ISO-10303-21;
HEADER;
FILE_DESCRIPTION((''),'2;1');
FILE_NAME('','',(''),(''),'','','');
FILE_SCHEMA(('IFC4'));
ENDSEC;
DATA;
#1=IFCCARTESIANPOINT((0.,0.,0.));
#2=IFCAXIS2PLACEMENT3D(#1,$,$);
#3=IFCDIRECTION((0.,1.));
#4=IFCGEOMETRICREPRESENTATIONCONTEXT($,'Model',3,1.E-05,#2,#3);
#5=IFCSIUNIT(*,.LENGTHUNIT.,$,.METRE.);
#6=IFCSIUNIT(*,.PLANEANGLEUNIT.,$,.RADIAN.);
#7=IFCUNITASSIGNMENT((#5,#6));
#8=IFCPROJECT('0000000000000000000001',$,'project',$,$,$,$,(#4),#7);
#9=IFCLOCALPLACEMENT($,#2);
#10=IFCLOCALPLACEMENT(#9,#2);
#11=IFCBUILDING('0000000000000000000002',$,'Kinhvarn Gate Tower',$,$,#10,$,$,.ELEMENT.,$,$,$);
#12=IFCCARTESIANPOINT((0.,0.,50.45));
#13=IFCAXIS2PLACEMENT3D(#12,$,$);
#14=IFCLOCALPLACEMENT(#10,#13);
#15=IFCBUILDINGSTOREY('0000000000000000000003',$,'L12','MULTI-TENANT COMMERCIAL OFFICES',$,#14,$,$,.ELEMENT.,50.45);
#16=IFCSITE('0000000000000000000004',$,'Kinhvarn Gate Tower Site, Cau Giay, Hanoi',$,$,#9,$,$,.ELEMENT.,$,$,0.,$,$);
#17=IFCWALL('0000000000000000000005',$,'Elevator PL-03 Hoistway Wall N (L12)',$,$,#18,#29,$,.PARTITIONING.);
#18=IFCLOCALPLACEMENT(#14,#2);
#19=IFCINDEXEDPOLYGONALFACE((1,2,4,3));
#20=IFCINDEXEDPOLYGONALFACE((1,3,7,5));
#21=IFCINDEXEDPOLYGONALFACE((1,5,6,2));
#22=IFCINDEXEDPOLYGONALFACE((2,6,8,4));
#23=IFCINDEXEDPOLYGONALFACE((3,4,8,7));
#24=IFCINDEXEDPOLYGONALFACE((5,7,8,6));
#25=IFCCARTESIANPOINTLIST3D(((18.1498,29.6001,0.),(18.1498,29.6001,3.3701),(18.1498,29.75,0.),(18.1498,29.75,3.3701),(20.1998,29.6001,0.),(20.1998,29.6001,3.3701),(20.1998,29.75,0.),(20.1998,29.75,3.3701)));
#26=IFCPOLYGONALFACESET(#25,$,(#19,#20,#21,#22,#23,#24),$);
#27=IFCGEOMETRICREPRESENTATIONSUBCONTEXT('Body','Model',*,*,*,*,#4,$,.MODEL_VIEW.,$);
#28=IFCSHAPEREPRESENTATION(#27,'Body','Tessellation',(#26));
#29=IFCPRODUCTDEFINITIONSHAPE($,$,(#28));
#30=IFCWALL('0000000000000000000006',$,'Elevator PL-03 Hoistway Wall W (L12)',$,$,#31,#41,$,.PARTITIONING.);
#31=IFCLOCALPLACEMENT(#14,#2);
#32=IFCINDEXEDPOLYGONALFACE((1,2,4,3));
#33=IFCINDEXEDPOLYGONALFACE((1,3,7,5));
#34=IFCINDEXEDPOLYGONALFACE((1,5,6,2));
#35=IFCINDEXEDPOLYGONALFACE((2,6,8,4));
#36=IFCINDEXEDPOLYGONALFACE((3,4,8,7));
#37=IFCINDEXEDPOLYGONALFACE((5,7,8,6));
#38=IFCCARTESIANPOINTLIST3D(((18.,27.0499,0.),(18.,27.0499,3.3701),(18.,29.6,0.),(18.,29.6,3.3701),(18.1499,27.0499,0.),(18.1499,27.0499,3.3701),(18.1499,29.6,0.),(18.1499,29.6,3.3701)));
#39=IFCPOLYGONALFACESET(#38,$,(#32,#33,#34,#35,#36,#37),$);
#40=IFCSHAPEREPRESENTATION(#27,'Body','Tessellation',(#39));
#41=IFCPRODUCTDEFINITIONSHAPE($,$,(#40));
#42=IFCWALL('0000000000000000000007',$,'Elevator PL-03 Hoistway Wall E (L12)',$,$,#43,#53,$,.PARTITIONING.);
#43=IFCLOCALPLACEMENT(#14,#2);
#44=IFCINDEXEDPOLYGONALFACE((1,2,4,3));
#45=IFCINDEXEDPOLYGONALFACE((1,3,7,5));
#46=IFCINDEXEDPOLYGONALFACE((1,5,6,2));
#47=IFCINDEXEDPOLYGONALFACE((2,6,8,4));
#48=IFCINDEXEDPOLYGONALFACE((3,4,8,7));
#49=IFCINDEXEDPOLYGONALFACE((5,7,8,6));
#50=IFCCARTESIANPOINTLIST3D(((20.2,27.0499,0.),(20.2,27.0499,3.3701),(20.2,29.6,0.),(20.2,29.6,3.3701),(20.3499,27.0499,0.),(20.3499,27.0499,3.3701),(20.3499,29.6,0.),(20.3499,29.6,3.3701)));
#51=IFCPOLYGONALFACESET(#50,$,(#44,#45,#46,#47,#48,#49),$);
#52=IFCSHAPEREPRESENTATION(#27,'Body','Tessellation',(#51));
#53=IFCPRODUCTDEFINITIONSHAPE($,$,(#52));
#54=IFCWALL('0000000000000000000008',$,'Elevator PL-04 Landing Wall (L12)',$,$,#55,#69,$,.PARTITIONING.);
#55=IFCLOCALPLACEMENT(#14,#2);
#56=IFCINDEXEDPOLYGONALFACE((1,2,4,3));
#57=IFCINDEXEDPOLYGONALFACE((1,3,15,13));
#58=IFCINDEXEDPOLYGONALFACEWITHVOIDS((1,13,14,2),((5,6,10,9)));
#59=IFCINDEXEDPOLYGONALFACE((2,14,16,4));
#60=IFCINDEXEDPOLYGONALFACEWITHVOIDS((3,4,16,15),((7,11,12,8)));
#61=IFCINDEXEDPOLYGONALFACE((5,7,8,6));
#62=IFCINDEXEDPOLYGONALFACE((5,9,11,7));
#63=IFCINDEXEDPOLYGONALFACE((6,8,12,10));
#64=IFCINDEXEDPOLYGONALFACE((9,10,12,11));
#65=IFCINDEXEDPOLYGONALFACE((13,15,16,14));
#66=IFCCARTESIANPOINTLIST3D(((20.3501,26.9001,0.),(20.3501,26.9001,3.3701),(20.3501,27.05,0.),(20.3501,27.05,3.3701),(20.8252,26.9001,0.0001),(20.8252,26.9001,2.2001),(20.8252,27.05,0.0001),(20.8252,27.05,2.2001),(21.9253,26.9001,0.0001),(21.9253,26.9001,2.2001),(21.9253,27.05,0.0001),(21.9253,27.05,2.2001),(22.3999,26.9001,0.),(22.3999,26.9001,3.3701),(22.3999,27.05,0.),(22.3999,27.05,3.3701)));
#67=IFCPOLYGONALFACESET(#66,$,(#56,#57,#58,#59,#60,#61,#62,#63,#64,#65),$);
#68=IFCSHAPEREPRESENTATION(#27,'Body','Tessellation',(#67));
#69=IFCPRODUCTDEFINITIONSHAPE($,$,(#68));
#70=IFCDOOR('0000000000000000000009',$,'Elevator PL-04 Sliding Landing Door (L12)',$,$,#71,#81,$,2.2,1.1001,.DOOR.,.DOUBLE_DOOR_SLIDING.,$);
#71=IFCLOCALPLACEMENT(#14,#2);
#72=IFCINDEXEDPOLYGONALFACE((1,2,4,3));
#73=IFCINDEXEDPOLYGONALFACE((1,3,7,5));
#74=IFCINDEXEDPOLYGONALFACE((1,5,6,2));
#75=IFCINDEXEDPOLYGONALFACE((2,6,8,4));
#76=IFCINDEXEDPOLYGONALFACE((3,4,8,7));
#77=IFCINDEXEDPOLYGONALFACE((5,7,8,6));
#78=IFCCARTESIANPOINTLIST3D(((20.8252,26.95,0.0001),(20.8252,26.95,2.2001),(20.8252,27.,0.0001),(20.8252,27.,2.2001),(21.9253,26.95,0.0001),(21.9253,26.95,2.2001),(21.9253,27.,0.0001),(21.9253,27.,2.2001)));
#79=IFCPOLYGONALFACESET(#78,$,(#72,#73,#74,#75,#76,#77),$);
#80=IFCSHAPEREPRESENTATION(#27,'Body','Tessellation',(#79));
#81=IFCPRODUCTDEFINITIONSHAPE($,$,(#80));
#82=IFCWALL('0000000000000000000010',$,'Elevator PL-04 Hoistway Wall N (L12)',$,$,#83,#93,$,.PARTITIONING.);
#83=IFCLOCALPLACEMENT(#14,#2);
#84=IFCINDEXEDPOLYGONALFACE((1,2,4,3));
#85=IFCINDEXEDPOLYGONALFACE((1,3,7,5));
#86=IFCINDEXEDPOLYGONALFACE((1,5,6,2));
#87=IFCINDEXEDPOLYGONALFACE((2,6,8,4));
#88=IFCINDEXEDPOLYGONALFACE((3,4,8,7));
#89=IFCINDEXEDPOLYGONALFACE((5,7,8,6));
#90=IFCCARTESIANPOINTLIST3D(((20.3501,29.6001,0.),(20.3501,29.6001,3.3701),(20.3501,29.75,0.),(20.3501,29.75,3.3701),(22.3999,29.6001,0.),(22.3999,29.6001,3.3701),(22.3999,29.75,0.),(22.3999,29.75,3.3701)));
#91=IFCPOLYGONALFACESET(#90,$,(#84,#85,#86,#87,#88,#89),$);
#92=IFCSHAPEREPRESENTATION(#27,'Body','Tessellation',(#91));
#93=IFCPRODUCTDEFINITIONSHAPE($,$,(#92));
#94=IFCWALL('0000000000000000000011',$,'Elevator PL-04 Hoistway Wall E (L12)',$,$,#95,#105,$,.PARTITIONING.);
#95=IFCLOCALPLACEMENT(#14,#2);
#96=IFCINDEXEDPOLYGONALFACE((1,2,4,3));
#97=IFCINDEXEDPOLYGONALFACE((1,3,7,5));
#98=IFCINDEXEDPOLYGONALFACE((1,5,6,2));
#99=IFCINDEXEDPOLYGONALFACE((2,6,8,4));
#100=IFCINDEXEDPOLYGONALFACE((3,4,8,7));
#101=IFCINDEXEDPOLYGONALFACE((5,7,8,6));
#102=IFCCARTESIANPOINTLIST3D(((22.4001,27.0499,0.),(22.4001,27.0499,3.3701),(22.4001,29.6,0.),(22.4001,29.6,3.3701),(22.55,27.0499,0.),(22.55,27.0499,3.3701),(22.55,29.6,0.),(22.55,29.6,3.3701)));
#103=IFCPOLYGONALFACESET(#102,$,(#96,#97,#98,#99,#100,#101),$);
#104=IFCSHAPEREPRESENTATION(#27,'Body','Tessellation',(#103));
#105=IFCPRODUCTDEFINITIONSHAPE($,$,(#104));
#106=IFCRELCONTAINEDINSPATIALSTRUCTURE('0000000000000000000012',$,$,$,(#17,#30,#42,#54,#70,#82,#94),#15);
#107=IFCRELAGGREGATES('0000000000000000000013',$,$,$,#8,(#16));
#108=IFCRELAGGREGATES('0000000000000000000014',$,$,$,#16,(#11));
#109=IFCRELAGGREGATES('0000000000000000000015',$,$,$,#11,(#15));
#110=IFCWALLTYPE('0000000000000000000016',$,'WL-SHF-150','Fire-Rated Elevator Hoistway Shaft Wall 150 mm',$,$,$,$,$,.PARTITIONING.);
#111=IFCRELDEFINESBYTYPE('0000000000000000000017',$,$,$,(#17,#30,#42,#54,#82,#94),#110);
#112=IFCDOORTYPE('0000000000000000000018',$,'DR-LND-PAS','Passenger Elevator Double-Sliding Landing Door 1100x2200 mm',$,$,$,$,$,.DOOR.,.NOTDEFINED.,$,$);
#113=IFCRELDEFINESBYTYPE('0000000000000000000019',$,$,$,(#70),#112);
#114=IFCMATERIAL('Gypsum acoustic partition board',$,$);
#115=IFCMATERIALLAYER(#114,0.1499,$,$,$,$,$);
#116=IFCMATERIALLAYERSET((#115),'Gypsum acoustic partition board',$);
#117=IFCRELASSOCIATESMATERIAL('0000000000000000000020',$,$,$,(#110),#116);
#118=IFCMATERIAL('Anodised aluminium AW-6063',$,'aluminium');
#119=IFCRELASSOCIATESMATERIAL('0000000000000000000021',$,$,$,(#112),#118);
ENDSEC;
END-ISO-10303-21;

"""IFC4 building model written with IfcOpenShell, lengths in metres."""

from ifc_helpers import new_model, si_unit, direction, frame, frame_2d, origin, place, context, subcontext, project, spatial, rectangle, extrude, material, layer, layer_set, type_object, element, fill, save


model = new_model("IFC4")

# Units and contexts
model_context = context("Model", 3, precision=1e-05, world=origin(), true_north=direction((0.0, 1.0)))
body_context = subcontext(model_context, "Body", "Model", "MODEL_VIEW")
ifc_project = project(units=[si_unit("LENGTHUNIT", "METRE"), si_unit("PLANEANGLEUNIT", "RADIAN")], contexts=[model_context])

# Site, building, storey
site_placement = place(None, origin())
site = spatial("IfcSite", under=ifc_project, at=site_placement, Name="Kinhvarn Gate Tower Site, Cau Giay, Hanoi", CompositionType="ELEMENT", RefElevation=0.0)
building_placement = place(site_placement, origin())
building = spatial("IfcBuilding", under=site, at=building_placement, Name="Kinhvarn Gate Tower", CompositionType="ELEMENT")
storey_placement = place(building_placement, frame((0.0, 0.0, 50.45)))
storey = spatial("IfcBuildingStorey", under=building, at=storey_placement, Name="L12", Description="MULTI-TENANT COMMERCIAL OFFICES", CompositionType="ELEMENT", Elevation=50.45)

# Shared definitions
ifc_material_1 = material(Name="Gypsum acoustic partition board")
ifc_material_2 = material(Name="Anodised aluminium AW-6063", Category="aluminium")

# Shared definitions
ifc_layer_1 = layer(ifc_material_1, 0.1499)
ifc_layer_set_1 = layer_set([ifc_layer_1], Name="Gypsum acoustic partition board")
wall_type_1 = type_object("IfcWallType", Name="WL-SHF-150", Description="Fire-Rated Elevator Hoistway Shaft Wall 150 mm", PredefinedType="PARTITIONING", material=ifc_layer_set_1)
door_type_1 = type_object("IfcDoorType", Name="DR-LND-PAS", Description="Passenger Elevator Double-Sliding Landing Door 1100x2200 mm", OperationType="NOTDEFINED", PredefinedType="DOOR", material=ifc_material_2)

# Walls
wall_1_placement = place(storey_placement, frame((18.1499, 29.675, 0.0), z_axis=(0.0, 0.0, 1.0), x_axis=(1.0, 0.0, 0.0)))
element("IfcWall", 1, at=wall_1_placement, inside=storey, type_object=wall_type_1, Name="Elevator PL-03 Hoistway Wall N (L12)", PredefinedType="PARTITIONING", context=body_context, shape_type="SweptSolid", body=[
    extrude(rectangle(XDim=2.05, YDim=0.1499, at=frame_2d((1.0249, 0.0))), origin(), (0.0, 0.0, 1.0), 3.3701),
])
for number, where, z_axis, x_axis, name in (
    (2, (18.075, 27.05, 0.0), (0.0, 0.0, 1.0), (0.0, 1.0, 0.0), "Elevator PL-03 Hoistway Wall W (L12)"),
    (3, (20.2749, 27.05, 0.0), (0.0, 0.0, 1.0), (0.0, 1.0, 0.0), "Elevator PL-03 Hoistway Wall E (L12)"),
):
    element("IfcWall", number, at=place(storey_placement, frame(where, z_axis=z_axis, x_axis=x_axis)), inside=storey, type_object=wall_type_1, Name=name, PredefinedType="PARTITIONING", context=body_context, shape_type="SweptSolid", body=[
        extrude(rectangle(XDim=2.55, YDim=0.1499, at=frame_2d((1.2749, 0.0))), origin(), (0.0, 0.0, 1.0), 3.3701),
    ])

# Wall, opening, door
wall_2_placement = place(storey_placement, frame((20.3501, 26.9751, 0.0), z_axis=(0.0, 0.0, 1.0), x_axis=(1.0, 0.0, 0.0)))
wall_2 = element("IfcWall", 4, at=wall_2_placement, inside=storey, type_object=wall_type_1, Name="Elevator PL-04 Landing Wall (L12)", PredefinedType="PARTITIONING", context=body_context, shape_type="SweptSolid", body=[
    extrude(rectangle(XDim=2.0498, YDim=0.1499, at=frame_2d((1.0249, 0.0))), origin(), (0.0, 0.0, 1.0), 3.3701),
])
opening_1_placement = place(wall_2_placement, frame((0.4751, 0.0, 0.0)))
opening_1 = element("IfcOpeningElement", 5, at=opening_1_placement, cuts=wall_2, PredefinedType="OPENING", context=body_context, shape_type="SweptSolid", body=[
    extrude(rectangle(XDim=1.1001, YDim=2.2, at=frame_2d((0.55, 1.1001))), frame((0.0, 0.085, 0.0), z_axis=(0.0, -1.0, 0.0), x_axis=(1.0, 0.0, 0.0)), (0.0, 0.0, 1.0), 0.1699),
])
door_1_placement = place(opening_1_placement, origin())
door_1 = element("IfcDoor", 6, at=door_1_placement, inside=storey, type_object=door_type_1, Name="Elevator PL-04 Sliding Landing Door (L12)", OperationType="DOUBLE_DOOR_SLIDING", OverallHeight=2.2, OverallWidth=1.1001, PredefinedType="DOOR", context=body_context, shape_type="SweptSolid", body=[
    extrude(rectangle(XDim=1.1001, YDim=2.2, at=frame_2d((0.55, 1.1001))), frame((0.0, 0.0249, 0.0), z_axis=(0.0, -1.0, 0.0), x_axis=(1.0, 0.0, 0.0)), (0.0, 0.0, 1.0), 0.05),
])
fill(opening_1, door_1)

# Walls
wall_3_placement = place(storey_placement, frame((20.3501, 29.675, 0.0), z_axis=(0.0, 0.0, 1.0), x_axis=(1.0, 0.0, 0.0)))
element("IfcWall", 7, at=wall_3_placement, inside=storey, type_object=wall_type_1, Name="Elevator PL-04 Hoistway Wall N (L12)", PredefinedType="PARTITIONING", context=body_context, shape_type="SweptSolid", body=[
    extrude(rectangle(XDim=2.0498, YDim=0.1499, at=frame_2d((1.0249, 0.0))), origin(), (0.0, 0.0, 1.0), 3.3701),
])
wall_4_placement = place(storey_placement, frame((22.4751, 27.05, 0.0), z_axis=(0.0, 0.0, 1.0), x_axis=(0.0, 1.0, 0.0)))
element("IfcWall", 8, at=wall_4_placement, inside=storey, type_object=wall_type_1, Name="Elevator PL-04 Hoistway Wall E (L12)", PredefinedType="PARTITIONING", context=body_context, shape_type="SweptSolid", body=[
    extrude(rectangle(XDim=2.55, YDim=0.1499, at=frame_2d((1.2749, 0.0))), origin(), (0.0, 0.0, 1.0), 3.3701),
])

save(model, "model.ifc")
